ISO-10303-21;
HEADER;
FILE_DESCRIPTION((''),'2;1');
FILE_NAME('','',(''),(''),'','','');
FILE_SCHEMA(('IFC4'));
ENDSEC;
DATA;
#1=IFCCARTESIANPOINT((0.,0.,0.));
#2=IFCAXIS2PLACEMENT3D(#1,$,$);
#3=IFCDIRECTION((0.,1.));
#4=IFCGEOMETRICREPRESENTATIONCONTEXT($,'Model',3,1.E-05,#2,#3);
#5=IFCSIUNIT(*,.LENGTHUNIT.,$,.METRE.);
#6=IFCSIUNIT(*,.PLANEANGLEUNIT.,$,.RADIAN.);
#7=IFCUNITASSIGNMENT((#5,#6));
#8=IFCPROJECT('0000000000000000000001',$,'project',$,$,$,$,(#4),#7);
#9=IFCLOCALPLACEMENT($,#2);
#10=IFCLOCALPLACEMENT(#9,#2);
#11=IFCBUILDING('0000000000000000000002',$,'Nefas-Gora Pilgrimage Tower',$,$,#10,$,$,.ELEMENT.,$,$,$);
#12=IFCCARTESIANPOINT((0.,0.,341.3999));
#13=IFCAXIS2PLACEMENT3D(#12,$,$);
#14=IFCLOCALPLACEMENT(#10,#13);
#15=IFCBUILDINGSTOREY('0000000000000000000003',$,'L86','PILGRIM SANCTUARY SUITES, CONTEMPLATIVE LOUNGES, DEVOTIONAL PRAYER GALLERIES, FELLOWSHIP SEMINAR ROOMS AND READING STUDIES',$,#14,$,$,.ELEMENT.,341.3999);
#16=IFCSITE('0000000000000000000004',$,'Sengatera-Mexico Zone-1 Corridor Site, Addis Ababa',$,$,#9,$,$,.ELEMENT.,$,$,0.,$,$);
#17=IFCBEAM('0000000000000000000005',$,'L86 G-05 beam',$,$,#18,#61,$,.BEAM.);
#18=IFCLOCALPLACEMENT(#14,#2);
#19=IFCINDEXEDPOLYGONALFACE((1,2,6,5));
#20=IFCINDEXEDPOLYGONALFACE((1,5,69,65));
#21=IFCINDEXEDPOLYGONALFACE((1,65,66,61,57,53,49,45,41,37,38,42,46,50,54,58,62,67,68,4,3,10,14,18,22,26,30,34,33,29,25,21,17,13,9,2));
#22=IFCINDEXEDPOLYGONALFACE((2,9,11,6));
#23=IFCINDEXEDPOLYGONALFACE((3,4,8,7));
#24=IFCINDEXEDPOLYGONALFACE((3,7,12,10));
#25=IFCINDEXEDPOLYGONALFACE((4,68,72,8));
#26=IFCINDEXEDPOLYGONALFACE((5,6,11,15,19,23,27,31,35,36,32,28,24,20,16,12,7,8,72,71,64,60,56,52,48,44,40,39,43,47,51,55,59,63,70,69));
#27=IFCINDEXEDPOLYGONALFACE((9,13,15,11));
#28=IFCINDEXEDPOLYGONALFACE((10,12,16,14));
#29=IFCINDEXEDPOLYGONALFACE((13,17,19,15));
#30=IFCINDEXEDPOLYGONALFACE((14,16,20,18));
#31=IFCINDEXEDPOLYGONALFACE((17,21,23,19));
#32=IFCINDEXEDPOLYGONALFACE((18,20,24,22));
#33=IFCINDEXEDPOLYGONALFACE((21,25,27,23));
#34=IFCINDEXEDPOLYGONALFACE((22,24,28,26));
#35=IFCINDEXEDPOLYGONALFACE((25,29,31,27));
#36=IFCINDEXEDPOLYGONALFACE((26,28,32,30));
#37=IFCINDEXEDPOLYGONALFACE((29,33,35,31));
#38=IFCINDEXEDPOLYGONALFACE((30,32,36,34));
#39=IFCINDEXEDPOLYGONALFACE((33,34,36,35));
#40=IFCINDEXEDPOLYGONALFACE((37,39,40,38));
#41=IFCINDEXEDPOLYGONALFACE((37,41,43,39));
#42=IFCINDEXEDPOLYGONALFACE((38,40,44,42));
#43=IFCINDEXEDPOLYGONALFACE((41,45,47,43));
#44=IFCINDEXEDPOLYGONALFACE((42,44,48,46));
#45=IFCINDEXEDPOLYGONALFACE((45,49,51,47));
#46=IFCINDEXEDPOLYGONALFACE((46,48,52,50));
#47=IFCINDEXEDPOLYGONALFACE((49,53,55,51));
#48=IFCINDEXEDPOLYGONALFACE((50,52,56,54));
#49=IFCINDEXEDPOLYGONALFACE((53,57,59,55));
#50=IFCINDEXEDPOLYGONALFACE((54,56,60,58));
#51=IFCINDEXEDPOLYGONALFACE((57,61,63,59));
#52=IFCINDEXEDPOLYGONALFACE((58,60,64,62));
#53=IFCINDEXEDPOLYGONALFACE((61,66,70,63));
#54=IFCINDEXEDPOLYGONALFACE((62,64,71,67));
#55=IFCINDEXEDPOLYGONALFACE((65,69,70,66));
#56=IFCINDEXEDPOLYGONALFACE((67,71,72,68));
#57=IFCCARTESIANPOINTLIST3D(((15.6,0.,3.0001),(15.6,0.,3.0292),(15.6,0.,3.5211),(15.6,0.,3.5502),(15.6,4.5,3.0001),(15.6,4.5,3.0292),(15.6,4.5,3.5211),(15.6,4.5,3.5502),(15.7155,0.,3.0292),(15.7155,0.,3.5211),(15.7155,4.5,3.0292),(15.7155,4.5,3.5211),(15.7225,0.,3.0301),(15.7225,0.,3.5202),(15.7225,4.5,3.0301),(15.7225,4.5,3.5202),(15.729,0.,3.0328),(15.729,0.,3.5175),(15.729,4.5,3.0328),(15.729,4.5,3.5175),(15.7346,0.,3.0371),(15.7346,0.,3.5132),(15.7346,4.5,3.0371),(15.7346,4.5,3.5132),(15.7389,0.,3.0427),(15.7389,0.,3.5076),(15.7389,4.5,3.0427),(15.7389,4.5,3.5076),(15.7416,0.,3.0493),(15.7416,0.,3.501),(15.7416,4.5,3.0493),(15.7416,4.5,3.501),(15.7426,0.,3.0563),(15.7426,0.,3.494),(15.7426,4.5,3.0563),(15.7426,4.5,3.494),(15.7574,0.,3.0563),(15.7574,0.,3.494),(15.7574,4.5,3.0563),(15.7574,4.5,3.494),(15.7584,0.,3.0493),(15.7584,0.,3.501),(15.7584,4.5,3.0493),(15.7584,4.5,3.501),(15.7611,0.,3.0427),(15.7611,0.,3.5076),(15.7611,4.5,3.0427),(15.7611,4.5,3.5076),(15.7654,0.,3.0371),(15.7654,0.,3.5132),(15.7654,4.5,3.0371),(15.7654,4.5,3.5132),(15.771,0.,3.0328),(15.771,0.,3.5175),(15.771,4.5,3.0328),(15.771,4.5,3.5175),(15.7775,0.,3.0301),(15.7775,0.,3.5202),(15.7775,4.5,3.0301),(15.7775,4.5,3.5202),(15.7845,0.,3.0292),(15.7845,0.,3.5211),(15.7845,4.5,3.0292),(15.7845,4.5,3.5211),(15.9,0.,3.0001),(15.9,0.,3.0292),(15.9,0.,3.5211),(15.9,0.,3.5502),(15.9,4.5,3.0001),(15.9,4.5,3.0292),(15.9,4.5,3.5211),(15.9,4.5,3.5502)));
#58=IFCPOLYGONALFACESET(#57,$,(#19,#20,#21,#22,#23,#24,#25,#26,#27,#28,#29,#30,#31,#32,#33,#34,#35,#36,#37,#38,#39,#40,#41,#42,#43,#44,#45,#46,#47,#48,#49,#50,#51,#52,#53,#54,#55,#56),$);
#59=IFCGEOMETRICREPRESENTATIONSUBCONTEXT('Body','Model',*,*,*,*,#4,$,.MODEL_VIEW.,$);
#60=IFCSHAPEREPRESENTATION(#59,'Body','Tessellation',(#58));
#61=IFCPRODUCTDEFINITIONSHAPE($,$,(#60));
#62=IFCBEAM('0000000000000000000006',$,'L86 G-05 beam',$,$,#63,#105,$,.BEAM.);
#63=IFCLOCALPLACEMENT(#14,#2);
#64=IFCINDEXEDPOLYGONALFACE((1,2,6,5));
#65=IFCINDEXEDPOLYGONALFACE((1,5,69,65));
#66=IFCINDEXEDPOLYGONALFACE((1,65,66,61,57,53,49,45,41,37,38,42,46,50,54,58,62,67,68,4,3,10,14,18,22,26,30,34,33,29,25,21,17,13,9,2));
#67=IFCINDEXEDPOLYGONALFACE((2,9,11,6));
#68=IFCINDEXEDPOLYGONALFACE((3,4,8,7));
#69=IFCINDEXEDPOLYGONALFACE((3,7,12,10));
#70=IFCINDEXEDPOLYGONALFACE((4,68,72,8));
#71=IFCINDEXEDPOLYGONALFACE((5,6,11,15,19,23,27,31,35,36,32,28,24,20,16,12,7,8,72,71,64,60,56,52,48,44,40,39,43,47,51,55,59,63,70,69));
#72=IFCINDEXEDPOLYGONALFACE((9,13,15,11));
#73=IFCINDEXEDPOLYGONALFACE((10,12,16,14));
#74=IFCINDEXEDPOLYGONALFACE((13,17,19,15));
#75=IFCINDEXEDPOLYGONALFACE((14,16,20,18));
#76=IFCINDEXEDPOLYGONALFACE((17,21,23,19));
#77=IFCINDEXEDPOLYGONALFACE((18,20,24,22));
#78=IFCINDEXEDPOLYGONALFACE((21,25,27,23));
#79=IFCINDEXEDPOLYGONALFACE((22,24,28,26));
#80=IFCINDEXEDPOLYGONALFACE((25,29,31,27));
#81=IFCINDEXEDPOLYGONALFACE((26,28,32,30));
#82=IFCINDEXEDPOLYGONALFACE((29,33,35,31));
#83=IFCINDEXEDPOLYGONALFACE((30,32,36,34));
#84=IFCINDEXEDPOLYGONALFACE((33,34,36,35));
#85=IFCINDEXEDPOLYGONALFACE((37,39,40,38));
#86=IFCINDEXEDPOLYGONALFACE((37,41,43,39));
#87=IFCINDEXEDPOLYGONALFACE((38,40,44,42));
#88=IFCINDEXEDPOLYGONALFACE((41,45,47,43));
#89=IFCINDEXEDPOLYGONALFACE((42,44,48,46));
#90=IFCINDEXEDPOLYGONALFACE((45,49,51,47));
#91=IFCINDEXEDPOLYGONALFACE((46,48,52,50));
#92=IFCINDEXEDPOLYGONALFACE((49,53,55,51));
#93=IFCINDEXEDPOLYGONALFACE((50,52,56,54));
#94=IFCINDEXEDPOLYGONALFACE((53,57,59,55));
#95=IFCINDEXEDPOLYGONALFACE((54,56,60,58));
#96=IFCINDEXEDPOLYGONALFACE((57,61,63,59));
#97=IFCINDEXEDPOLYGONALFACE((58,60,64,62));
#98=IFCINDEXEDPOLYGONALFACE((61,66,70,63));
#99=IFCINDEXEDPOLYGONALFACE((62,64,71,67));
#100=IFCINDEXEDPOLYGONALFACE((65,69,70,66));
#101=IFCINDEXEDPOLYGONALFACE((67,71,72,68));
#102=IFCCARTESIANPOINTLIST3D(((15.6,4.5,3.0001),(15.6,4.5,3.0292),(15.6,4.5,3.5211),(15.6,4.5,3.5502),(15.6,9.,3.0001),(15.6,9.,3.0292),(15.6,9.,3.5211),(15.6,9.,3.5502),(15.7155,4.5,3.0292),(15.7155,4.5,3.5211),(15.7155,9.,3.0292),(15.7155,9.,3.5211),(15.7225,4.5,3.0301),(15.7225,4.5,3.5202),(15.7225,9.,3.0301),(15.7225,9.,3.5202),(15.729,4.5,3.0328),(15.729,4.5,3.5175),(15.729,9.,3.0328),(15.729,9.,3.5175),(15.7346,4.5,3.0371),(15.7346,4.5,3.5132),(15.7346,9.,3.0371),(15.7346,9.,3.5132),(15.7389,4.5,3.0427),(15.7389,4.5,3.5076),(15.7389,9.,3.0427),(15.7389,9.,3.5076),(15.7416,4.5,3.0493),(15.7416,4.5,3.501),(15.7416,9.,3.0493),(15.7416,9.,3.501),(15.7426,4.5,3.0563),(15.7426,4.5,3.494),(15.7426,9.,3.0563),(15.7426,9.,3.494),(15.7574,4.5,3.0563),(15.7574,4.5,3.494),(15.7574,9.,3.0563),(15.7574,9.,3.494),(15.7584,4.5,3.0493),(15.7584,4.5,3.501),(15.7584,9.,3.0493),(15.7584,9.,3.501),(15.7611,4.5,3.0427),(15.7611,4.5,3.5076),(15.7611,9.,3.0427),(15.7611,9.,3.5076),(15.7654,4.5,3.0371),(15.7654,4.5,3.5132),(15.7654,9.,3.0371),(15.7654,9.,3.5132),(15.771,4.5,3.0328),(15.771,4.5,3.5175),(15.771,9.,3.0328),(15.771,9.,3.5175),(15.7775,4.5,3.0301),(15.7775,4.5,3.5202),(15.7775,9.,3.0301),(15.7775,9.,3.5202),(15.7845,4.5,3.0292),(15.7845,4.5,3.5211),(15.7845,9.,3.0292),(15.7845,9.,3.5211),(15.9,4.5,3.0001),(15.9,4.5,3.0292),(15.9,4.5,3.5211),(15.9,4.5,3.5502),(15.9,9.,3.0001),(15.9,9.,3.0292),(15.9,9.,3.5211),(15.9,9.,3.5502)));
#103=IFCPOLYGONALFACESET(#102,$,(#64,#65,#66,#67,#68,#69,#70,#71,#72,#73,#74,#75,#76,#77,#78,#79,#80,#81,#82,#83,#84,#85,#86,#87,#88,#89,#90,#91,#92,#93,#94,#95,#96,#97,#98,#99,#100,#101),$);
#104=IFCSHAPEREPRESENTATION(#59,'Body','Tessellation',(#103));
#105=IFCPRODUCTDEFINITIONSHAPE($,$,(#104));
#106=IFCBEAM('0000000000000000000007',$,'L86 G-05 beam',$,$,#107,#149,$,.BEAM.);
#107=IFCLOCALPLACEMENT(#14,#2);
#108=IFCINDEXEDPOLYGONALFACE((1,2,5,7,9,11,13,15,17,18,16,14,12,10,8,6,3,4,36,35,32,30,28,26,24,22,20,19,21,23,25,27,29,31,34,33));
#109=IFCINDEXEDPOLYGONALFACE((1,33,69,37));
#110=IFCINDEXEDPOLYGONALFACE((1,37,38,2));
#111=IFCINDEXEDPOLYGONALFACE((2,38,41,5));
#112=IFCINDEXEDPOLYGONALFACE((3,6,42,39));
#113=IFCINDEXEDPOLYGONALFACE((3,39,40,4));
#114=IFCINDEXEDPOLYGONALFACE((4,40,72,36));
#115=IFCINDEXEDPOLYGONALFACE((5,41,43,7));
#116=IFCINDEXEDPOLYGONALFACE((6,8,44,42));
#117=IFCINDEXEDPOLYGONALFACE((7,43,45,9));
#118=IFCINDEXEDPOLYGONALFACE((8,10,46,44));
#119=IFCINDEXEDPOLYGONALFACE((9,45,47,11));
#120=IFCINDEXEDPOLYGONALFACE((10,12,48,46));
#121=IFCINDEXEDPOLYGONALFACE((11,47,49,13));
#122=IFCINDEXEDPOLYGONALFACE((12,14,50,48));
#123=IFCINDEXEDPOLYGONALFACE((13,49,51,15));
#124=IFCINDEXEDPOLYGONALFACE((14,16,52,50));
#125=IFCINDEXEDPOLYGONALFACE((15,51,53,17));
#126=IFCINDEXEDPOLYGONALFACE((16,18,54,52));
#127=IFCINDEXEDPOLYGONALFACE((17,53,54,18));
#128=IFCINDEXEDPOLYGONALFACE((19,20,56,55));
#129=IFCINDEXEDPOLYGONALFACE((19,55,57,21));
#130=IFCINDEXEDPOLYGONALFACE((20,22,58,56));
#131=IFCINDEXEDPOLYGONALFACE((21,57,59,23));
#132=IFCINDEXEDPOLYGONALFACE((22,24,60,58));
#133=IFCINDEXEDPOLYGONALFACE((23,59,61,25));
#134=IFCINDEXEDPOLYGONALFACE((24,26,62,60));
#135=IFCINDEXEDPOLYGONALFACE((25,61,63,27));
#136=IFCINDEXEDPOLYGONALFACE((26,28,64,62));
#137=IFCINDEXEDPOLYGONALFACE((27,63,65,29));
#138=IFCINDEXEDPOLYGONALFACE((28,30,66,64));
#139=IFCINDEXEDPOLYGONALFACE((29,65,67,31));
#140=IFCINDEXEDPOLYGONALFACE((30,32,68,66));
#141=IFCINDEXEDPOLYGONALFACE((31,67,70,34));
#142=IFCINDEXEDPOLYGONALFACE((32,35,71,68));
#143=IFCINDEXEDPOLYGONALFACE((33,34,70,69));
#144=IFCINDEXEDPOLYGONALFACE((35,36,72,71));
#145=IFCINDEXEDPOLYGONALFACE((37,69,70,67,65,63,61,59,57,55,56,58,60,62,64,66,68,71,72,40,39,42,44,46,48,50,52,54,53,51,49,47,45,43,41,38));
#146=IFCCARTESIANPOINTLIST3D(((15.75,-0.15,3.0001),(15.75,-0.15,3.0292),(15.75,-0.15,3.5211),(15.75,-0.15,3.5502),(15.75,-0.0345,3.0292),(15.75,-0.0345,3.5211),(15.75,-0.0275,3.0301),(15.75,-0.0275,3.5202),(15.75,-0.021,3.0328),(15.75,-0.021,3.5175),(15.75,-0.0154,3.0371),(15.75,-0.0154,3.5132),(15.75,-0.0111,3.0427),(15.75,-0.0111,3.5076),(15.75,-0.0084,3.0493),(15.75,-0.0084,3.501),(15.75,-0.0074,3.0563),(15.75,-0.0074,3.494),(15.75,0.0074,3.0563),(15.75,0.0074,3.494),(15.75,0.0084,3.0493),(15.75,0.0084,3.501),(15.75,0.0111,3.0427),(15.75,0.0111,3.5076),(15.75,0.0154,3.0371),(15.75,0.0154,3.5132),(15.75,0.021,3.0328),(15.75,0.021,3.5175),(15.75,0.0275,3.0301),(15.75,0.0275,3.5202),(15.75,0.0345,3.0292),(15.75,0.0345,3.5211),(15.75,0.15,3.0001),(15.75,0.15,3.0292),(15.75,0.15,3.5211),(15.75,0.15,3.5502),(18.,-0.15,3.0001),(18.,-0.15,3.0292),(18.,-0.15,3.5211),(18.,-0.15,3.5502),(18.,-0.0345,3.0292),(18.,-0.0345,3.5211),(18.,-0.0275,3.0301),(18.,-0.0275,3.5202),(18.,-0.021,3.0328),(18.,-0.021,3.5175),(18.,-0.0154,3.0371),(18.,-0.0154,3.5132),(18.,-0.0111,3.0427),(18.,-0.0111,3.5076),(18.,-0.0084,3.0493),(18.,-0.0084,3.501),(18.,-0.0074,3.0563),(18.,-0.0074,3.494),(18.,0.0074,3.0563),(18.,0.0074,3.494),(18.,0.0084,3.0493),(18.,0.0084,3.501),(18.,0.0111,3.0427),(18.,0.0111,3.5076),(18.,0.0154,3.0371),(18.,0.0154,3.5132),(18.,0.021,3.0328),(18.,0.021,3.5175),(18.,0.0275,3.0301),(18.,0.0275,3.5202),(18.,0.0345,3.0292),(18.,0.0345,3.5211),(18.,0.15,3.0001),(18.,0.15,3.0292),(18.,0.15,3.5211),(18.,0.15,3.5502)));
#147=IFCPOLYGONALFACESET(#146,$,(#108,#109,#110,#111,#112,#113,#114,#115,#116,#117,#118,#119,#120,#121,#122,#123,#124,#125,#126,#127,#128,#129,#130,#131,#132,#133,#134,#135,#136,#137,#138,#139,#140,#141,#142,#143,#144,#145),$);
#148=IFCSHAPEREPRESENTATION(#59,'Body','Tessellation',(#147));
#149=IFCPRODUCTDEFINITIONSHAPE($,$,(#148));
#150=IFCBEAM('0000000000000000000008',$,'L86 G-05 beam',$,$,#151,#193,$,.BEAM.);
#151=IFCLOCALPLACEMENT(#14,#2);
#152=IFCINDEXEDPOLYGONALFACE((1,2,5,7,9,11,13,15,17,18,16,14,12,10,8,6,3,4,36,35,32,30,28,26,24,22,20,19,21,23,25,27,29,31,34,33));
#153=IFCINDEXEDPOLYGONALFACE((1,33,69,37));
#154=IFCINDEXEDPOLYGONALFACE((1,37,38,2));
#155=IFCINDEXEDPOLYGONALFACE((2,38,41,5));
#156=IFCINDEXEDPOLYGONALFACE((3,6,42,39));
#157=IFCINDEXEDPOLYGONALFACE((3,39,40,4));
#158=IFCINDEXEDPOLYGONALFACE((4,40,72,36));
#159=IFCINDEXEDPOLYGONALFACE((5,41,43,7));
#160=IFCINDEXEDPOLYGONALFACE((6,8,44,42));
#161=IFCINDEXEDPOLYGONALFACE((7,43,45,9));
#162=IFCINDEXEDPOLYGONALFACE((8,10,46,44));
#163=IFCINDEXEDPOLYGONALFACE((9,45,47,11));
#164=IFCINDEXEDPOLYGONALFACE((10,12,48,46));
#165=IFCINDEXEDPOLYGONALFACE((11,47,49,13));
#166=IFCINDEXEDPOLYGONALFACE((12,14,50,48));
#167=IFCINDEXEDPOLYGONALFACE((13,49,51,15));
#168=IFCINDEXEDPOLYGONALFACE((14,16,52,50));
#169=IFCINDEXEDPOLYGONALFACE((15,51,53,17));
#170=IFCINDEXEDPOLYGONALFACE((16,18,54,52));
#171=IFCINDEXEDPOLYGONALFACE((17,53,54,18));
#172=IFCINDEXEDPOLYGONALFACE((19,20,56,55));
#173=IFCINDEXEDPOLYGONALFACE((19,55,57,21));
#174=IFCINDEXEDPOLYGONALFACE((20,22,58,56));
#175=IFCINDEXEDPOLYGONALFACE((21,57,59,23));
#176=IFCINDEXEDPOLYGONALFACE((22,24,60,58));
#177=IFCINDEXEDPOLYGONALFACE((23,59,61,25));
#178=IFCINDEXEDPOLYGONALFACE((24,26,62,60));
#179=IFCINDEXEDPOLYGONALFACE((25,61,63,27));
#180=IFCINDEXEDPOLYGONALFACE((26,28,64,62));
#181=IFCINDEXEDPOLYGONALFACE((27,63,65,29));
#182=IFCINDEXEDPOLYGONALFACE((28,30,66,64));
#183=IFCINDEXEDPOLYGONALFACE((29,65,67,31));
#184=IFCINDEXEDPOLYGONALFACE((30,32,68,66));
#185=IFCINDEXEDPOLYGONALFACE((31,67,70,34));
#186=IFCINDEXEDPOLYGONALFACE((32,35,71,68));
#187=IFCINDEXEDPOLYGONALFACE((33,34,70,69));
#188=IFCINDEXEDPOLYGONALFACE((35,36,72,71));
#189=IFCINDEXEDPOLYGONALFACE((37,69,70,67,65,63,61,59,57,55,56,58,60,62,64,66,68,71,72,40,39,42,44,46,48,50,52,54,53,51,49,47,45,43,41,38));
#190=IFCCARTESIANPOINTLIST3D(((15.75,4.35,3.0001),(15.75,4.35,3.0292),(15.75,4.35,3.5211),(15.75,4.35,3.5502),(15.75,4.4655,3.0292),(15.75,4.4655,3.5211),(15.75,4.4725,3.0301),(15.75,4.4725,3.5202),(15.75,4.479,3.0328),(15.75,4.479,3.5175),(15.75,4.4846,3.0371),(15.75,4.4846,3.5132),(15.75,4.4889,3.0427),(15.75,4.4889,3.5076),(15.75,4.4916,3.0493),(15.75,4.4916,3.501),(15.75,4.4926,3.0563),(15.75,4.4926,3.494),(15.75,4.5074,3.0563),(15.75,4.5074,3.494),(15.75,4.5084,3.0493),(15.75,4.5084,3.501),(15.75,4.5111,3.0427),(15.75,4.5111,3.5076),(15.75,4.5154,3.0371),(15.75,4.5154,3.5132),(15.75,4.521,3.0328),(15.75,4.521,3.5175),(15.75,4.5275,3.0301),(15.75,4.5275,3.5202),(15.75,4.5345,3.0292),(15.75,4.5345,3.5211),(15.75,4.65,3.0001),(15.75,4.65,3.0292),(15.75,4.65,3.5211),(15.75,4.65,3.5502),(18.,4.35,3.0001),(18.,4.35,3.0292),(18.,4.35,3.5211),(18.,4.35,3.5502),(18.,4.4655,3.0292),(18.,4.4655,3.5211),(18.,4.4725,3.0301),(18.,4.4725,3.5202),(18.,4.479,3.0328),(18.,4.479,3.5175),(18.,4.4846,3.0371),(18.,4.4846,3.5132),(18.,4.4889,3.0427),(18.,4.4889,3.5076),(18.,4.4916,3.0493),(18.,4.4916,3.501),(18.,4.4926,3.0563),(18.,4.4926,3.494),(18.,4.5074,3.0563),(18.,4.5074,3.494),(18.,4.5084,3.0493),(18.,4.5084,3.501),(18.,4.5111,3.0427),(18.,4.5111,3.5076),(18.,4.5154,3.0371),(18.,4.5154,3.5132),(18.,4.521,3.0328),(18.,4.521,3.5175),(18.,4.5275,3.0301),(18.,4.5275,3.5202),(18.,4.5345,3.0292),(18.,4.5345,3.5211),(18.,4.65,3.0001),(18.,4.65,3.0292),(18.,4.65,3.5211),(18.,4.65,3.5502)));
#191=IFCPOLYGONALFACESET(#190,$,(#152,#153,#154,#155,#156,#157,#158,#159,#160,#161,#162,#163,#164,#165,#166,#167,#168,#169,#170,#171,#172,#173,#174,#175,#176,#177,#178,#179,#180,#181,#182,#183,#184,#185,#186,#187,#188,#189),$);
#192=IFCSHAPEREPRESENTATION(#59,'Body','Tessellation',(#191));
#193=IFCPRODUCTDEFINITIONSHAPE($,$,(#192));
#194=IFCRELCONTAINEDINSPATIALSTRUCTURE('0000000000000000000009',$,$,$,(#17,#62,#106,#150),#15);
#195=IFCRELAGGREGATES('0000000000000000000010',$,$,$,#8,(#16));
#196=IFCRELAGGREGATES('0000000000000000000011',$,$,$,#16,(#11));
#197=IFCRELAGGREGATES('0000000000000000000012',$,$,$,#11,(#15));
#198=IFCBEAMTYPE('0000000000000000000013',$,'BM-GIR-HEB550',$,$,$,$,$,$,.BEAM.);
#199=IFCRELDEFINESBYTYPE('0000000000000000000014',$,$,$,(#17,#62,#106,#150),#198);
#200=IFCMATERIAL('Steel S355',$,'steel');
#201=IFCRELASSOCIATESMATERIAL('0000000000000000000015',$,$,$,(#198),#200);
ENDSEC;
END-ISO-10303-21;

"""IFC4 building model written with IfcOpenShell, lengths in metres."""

from ifc_helpers import new_model, si_unit, direction, frame, origin, origin_2d, place, context, subcontext, project, spatial, i_section, extrude, source, transform, mapped, material, material_profile, profile_set, type_object, element, save


model = new_model("IFC4")

# Units and contexts
model_context = context("Model", 3, precision=1e-05, world=origin(), true_north=direction((0.0, 1.0)))
body_context = subcontext(model_context, "Body", "Model", "MODEL_VIEW")
ifc_project = project(units=[si_unit("LENGTHUNIT", "METRE"), si_unit("PLANEANGLEUNIT", "RADIAN")], contexts=[model_context])

# Site, building, storey
site_placement = place(None, origin())
site = spatial("IfcSite", under=ifc_project, at=site_placement, Name="Sengatera-Mexico Zone-1 Corridor Site, Addis Ababa", CompositionType="ELEMENT", RefElevation=0.0)
building_placement = place(site_placement, origin())
building = spatial("IfcBuilding", under=site, at=building_placement, Name="Nefas-Gora Pilgrimage Tower", CompositionType="ELEMENT")
storey_placement = place(building_placement, frame((0.0, 0.0, 341.3999)))
storey = spatial("IfcBuildingStorey", under=building, at=storey_placement, Name="L86", Description="PILGRIM SANCTUARY SUITES, CONTEMPLATIVE LOUNGES, DEVOTIONAL PRAYER GALLERIES, FELLOWSHIP SEMINAR ROOMS AND READING STUDIES", CompositionType="ELEMENT", Elevation=341.3999)

# Shared definitions
ifc_material_1 = material(Name="Steel S355", Category="steel")

# Beams
ifc_material_profile_1 = material_profile(ifc_material_1, i_section(OverallWidth=0.3, OverallDepth=0.55, WebThickness=0.0149, FlangeThickness=0.0291, FilletRadius=0.0271, at=origin_2d()), Name="HEB 550")
ifc_profile_set_1 = profile_set([ifc_material_profile_1], Name="Steel S355")
beam_type_1 = type_object("IfcBeamType", Name="BM-GIR-HEB550", PredefinedType="BEAM", material=ifc_profile_set_1)
shared_shape_1 = source(origin(), body_context, "Body", "SweptSolid", [
    extrude(i_section(OverallWidth=0.3, OverallDepth=0.55, WebThickness=0.0149, FlangeThickness=0.0291, FilletRadius=0.0271, at=origin_2d()), origin(), (0.0, 0.0, 1.0), 4.5),
])
for number, where, z_axis, x_axis, name in (
    (1, (15.75, 0.0, 3.2751), (0.0, 1.0, 0.0), (-1.0, 0.0, 0.0), "L86 G-05 beam"),
    (2, (15.75, 4.5, 3.2751), (0.0, 1.0, 0.0), (-1.0, 0.0, 0.0), "L86 G-05 beam"),
):
    element("IfcBeam", number, at=place(storey_placement, frame(where, z_axis=z_axis, x_axis=x_axis)), inside=storey, type_object=beam_type_1, Name=name, PredefinedType="BEAM", context=body_context, shape_type="MappedRepresentation", body=[
        mapped(shared_shape_1, transform((0.0, 0.0, 0.0), x_axis=(1.0, 0.0, 0.0), y_axis=(0.0, 1.0, 0.0), z_axis=(0.0, 0.0, 1.0), scale=1.0)),
    ])
shared_shape_2 = source(origin(), body_context, "Body", "SweptSolid", [
    extrude(i_section(OverallWidth=0.3, OverallDepth=0.55, WebThickness=0.0149, FlangeThickness=0.0291, FilletRadius=0.0271, at=origin_2d()), origin(), (0.0, 0.0, 1.0), 2.25),
])
for number, where, z_axis, x_axis, name in (
    (3, (15.75, 0.0, 3.2751), (1.0, 0.0, 0.0), (0.0, 1.0, 0.0), "L86 G-05 beam"),
    (4, (15.75, 4.5, 3.2751), (1.0, 0.0, 0.0), (0.0, 1.0, 0.0), "L86 G-05 beam"),
):
    element("IfcBeam", number, at=place(storey_placement, frame(where, z_axis=z_axis, x_axis=x_axis)), inside=storey, type_object=beam_type_1, Name=name, PredefinedType="BEAM", context=body_context, shape_type="MappedRepresentation", body=[
        mapped(shared_shape_2, transform((0.0, 0.0, 0.0), x_axis=(1.0, 0.0, 0.0), y_axis=(0.0, 1.0, 0.0), z_axis=(0.0, 0.0, 1.0), scale=1.0)),
    ])

save(model, "model.ifc")
